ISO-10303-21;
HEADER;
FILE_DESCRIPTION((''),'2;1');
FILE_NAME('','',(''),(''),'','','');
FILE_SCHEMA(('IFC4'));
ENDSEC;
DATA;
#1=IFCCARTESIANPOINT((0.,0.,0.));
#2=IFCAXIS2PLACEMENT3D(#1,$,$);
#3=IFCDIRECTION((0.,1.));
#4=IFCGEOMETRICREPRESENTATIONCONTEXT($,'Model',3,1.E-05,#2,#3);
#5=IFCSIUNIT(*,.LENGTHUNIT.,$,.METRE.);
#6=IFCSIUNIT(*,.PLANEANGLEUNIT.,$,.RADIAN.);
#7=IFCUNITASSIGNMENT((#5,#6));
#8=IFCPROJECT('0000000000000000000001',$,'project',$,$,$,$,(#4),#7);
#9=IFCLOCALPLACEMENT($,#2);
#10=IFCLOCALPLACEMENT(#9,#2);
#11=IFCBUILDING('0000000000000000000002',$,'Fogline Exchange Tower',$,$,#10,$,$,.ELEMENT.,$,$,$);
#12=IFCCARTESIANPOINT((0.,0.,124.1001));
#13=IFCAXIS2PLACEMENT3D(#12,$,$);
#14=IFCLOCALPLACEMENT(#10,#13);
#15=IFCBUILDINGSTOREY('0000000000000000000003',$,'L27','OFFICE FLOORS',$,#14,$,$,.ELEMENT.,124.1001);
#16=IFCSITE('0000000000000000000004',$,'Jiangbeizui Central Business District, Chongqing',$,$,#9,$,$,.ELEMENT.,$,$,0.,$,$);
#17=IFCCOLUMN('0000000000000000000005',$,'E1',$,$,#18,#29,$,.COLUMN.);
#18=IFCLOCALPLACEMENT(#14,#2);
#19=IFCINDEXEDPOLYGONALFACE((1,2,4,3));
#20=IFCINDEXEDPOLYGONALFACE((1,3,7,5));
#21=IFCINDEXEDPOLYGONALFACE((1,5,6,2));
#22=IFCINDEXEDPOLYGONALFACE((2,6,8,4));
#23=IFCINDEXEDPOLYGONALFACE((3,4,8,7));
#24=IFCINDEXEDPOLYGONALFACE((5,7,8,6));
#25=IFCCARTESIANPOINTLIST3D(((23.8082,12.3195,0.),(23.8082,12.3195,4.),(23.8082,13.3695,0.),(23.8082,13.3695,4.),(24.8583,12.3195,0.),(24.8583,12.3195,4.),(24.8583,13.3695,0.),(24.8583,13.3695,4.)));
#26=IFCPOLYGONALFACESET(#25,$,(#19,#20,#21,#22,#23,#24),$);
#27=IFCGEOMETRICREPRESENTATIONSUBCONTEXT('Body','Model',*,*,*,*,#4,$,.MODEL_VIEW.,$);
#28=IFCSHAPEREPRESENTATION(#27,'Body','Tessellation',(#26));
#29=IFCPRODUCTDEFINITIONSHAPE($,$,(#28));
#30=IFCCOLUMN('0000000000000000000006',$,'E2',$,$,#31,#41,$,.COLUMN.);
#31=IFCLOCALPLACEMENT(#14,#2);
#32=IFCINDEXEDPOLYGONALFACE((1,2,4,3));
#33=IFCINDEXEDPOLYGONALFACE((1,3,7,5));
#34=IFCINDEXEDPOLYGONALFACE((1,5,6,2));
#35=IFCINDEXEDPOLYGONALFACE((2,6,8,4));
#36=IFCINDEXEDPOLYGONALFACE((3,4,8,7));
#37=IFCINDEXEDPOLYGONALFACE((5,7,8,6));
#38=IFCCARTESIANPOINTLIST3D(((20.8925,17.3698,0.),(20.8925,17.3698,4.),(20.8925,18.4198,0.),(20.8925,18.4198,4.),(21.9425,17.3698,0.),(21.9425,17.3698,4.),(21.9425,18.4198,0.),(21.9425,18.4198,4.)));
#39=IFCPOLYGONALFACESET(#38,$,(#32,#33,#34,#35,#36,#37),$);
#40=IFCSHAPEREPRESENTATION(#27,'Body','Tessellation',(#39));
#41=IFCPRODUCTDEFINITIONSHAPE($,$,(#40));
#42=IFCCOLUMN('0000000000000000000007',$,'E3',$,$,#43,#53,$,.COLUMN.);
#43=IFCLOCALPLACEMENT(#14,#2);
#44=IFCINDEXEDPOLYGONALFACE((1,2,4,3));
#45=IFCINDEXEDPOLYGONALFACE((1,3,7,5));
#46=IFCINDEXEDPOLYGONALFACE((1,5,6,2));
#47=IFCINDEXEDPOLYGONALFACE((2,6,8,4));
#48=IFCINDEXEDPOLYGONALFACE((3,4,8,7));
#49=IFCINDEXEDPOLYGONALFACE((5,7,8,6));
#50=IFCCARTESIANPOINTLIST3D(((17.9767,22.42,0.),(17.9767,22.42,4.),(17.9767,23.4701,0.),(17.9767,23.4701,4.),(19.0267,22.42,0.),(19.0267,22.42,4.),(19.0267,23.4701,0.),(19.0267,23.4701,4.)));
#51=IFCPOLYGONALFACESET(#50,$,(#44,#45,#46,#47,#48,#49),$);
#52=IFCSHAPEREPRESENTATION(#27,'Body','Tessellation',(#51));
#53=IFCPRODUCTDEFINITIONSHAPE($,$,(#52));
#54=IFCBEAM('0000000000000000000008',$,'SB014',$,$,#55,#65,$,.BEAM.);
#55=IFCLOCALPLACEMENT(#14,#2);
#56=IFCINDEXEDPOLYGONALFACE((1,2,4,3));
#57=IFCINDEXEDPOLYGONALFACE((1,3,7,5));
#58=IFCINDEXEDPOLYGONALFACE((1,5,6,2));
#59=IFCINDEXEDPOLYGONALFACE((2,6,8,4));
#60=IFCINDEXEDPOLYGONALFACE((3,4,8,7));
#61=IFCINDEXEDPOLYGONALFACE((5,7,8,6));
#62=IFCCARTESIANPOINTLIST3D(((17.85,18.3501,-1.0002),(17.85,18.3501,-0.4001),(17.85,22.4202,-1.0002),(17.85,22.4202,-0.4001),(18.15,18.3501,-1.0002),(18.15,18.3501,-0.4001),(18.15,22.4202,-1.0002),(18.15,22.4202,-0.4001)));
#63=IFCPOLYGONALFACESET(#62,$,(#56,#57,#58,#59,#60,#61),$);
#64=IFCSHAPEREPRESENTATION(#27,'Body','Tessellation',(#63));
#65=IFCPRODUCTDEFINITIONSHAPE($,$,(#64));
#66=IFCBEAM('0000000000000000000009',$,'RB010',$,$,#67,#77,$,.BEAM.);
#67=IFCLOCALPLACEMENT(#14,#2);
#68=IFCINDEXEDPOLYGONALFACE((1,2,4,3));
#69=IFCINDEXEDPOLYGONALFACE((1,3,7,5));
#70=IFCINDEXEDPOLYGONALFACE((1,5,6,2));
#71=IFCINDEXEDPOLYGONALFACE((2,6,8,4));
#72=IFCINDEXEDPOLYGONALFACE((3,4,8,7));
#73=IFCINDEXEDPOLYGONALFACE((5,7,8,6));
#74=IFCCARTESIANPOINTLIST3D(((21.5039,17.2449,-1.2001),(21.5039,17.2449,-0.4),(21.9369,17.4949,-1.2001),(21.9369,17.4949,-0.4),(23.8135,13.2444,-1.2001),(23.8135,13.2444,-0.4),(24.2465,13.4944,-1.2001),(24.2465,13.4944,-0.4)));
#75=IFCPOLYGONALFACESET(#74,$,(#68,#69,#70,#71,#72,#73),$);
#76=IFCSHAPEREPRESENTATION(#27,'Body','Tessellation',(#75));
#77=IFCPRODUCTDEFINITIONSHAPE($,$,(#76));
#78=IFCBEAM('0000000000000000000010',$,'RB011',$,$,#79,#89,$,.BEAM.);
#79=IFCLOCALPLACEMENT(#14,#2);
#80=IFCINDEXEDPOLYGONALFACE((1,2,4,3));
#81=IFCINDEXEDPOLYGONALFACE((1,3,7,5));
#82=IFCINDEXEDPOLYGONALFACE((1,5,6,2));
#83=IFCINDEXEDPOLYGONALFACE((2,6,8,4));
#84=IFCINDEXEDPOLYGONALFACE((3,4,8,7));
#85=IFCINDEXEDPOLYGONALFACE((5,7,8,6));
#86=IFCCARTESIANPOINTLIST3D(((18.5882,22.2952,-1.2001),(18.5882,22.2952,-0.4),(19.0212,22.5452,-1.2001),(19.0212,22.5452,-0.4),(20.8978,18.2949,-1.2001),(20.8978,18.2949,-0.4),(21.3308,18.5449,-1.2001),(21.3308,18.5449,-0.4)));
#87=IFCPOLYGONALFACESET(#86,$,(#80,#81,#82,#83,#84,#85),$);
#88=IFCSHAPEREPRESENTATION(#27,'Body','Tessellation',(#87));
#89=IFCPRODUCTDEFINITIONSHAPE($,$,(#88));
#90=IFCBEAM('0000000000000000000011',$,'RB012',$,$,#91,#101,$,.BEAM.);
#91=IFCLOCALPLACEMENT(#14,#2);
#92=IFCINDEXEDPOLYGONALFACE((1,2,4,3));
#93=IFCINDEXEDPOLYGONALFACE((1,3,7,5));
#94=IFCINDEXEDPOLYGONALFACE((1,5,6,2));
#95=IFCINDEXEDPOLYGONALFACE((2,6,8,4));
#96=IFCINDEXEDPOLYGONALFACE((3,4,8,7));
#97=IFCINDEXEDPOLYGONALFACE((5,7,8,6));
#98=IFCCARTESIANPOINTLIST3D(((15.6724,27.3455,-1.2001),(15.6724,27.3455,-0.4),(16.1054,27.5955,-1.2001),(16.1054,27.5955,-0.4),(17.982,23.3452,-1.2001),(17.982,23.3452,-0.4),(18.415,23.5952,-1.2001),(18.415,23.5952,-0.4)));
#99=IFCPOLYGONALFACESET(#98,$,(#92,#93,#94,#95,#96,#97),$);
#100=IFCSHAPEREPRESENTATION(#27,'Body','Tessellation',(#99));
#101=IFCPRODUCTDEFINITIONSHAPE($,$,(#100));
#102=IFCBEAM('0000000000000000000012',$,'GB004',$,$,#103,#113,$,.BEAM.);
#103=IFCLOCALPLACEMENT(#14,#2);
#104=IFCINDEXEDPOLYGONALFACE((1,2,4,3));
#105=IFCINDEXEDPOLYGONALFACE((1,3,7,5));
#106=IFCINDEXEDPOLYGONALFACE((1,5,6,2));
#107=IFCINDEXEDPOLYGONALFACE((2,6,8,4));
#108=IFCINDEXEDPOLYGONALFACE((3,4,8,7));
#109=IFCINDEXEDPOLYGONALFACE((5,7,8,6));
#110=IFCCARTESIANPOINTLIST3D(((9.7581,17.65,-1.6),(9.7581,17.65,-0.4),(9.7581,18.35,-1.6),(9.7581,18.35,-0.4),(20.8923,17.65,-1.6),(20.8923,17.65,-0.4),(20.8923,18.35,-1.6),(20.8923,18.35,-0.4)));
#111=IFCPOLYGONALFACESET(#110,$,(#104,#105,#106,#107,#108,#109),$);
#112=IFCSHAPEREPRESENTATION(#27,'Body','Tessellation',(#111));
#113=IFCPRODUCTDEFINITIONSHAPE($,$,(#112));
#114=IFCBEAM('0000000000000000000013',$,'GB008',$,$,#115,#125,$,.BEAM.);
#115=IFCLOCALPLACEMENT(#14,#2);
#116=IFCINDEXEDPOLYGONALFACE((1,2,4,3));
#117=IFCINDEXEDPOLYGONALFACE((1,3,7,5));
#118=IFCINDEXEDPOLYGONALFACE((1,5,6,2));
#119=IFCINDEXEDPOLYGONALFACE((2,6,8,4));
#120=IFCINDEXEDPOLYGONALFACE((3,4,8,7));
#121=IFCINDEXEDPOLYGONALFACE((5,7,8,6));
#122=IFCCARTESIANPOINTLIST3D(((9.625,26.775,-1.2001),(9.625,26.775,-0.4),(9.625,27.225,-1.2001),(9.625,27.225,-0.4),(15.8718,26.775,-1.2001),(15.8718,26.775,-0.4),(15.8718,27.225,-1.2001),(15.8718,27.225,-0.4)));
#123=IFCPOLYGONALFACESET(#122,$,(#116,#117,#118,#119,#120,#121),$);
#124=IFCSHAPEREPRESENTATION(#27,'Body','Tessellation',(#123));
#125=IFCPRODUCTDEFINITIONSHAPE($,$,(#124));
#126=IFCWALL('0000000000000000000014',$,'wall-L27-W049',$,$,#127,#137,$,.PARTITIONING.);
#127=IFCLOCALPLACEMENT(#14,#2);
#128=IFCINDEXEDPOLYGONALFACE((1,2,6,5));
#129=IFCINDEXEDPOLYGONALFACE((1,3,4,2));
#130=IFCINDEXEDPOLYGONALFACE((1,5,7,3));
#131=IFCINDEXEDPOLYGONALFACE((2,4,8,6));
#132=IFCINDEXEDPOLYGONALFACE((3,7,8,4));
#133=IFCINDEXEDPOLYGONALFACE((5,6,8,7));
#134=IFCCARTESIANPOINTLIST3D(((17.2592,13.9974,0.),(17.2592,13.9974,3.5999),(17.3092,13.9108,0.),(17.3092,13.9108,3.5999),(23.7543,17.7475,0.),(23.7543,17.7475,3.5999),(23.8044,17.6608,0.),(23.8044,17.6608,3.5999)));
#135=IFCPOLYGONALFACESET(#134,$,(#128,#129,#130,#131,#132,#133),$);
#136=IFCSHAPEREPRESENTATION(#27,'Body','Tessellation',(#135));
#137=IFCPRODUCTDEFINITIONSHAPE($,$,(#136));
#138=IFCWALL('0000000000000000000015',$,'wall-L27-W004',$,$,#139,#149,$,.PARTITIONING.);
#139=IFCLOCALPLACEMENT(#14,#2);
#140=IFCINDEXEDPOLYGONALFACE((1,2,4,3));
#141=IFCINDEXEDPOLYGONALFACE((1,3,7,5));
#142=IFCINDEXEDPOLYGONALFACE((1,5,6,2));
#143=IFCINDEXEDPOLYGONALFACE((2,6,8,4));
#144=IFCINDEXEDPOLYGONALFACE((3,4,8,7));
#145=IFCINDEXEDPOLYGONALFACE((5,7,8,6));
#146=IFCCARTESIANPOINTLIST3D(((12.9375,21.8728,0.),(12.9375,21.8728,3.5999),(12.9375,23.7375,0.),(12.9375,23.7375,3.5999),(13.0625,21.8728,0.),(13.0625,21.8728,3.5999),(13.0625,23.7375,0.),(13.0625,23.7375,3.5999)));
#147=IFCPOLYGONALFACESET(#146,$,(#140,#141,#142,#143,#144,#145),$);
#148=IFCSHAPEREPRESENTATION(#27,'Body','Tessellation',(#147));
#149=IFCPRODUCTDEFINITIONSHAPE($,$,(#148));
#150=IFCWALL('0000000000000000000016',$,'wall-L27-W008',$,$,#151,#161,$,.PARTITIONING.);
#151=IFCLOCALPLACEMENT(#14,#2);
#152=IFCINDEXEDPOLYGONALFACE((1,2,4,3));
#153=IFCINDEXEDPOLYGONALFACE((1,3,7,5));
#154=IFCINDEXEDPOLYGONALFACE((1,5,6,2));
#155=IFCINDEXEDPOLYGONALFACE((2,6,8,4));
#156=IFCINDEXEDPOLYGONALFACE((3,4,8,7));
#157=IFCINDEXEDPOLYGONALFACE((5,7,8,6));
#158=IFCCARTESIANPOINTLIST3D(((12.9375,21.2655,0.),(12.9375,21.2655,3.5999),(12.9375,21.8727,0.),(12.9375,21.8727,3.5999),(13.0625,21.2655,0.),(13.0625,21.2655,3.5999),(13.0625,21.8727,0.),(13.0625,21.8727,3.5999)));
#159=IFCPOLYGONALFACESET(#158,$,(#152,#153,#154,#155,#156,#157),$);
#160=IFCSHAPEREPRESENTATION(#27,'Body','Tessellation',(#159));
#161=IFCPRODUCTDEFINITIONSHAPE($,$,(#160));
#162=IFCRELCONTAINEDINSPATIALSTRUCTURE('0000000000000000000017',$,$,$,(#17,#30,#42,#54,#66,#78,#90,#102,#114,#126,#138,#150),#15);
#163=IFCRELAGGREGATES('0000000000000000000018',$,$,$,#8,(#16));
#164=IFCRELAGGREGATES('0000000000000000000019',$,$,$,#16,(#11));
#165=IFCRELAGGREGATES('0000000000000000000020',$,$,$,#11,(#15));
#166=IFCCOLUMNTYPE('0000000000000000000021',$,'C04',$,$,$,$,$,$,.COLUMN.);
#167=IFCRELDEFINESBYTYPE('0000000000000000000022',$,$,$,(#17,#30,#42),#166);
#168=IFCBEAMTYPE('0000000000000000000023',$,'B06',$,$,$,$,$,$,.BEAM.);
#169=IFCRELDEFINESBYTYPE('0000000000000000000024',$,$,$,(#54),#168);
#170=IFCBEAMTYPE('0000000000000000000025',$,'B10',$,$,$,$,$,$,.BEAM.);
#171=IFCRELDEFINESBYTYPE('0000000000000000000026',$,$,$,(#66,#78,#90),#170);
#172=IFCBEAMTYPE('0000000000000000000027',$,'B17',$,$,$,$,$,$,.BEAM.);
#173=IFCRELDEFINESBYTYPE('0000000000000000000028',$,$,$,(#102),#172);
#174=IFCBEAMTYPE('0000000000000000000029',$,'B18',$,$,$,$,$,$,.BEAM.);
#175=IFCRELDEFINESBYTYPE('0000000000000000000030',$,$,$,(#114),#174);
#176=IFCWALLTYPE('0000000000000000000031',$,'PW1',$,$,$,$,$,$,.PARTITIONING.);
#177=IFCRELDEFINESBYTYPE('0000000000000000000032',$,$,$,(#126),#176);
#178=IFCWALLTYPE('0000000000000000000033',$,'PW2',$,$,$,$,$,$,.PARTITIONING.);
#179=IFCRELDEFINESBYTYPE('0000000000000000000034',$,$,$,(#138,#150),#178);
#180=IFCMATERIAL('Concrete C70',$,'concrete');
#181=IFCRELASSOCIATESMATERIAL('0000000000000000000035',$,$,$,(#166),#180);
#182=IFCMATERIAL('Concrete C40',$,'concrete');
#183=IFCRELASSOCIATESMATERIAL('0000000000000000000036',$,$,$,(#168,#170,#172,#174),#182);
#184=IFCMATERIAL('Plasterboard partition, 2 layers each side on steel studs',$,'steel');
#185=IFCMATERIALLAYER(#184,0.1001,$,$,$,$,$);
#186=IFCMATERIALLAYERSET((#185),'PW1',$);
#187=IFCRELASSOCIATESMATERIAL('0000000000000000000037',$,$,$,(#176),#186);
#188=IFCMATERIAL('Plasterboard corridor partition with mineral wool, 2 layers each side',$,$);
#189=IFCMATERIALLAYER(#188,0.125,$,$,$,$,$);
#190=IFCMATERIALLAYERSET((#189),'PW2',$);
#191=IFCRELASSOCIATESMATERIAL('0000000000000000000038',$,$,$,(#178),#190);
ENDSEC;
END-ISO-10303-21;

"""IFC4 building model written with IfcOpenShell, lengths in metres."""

from ifc_helpers import new_model, si_unit, direction, frame, frame_2d, origin, origin_2d, place, context, subcontext, project, spatial, rectangle, extrude, material, layer, layer_set, material_profile, profile_set, type_object, element, save


model = new_model("IFC4")

# Units and contexts
model_context = context("Model", 3, precision=1e-05, world=origin(), true_north=direction((0.0, 1.0)))
body_context = subcontext(model_context, "Body", "Model", "MODEL_VIEW")
ifc_project = project(units=[si_unit("LENGTHUNIT", "METRE"), si_unit("PLANEANGLEUNIT", "RADIAN")], contexts=[model_context])

# Site, building, storey
site_placement = place(None, origin())
site = spatial("IfcSite", under=ifc_project, at=site_placement, Name="Jiangbeizui Central Business District, Chongqing", CompositionType="ELEMENT", RefElevation=0.0)
building_placement = place(site_placement, origin())
building = spatial("IfcBuilding", under=site, at=building_placement, Name="Fogline Exchange Tower", CompositionType="ELEMENT")
storey_placement = place(building_placement, frame((0.0, 0.0, 124.1001)))
storey = spatial("IfcBuildingStorey", under=building, at=storey_placement, Name="L27", Description="OFFICE FLOORS", CompositionType="ELEMENT", Elevation=124.1001)

# Columns
ifc_material_1 = material(Name="Concrete C70", Category="concrete")
ifc_material_profile_1 = material_profile(ifc_material_1, rectangle(XDim=1.05, YDim=1.05, at=origin_2d()), Name="RC 1050x1050")
ifc_profile_set_1 = profile_set([ifc_material_profile_1], Name="Concrete C70")
column_type = type_object("IfcColumnType", Name="C04", PredefinedType="COLUMN", material=ifc_profile_set_1)
for number, where, z_axis, x_axis, name in (
    (1, (24.3333, 12.8445, 0.0), (0.0, 0.0, 1.0), (1.0, 0.0, 0.0), "E1"),
    (2, (21.4175, 17.8948, 0.0), (0.0, 0.0, 1.0), (1.0, 0.0, 0.0), "E2"),
    (3, (18.5017, 22.9451, 0.0), (0.0, 0.0, 1.0), (1.0, 0.0, 0.0), "E3"),
):
    element("IfcColumn", number, at=place(storey_placement, frame(where, z_axis=z_axis, x_axis=x_axis)), inside=storey, type_object=column_type, Name=name, PredefinedType="COLUMN", context=body_context, shape_type="SweptSolid", body=[
        extrude(rectangle(XDim=1.05, YDim=1.05, at=origin_2d()), origin(), (0.0, 0.0, 1.0), 4.0),
    ])

# Beams
ifc_material_2 = material(Name="Concrete C40", Category="concrete")
ifc_material_profile_2 = material_profile(ifc_material_2, rectangle(XDim=0.3, YDim=0.6001, at=origin_2d()), Name="RC 300x600")
ifc_profile_set_2 = profile_set([ifc_material_profile_2], Name="Concrete C40")
beam_type_1 = type_object("IfcBeamType", Name="B06", PredefinedType="BEAM", material=ifc_profile_set_2)
beam_1_placement = place(storey_placement, frame((18.0, 18.3501, -0.7002), z_axis=(0.0, 1.0, 0.0), x_axis=(-1.0, 0.0, 0.0)))
element("IfcBeam", 4, at=beam_1_placement, inside=storey, type_object=beam_type_1, Name="SB014", PredefinedType="BEAM", context=body_context, shape_type="SweptSolid", body=[
    extrude(rectangle(XDim=0.3, YDim=0.6001, at=origin_2d()), origin(), (0.0, 0.0, 1.0), 4.0701),
])
ifc_material_profile_3 = material_profile(ifc_material_2, rectangle(XDim=0.5, YDim=0.8, at=origin_2d()), Name="RC 500x800")
ifc_profile_set_3 = profile_set([ifc_material_profile_3], Name="Concrete C40")
beam_type_2 = type_object("IfcBeamType", Name="B10", PredefinedType="BEAM", material=ifc_profile_set_3)
beam_2_placement = place(storey_placement, frame((24.03, 13.3694, -0.8), z_axis=(-0.499982, 0.866036, 0.0), x_axis=(-0.866036, -0.499982, 0.0)))
element("IfcBeam", 5, at=beam_2_placement, inside=storey, type_object=beam_type_2, Name="RB010", PredefinedType="BEAM", context=body_context, shape_type="SweptSolid", body=[
    extrude(rectangle(XDim=0.5, YDim=0.8, at=origin_2d()), origin(), (0.0, 0.0, 1.0), 4.6194),
])
for number, where, z_axis, x_axis, name in (
    (6, (21.1143, 18.4199, -0.8), (-0.500005, 0.866023, 0.0), (-0.866023, -0.500005, 0.0), "RB011"),
    (7, (18.1985, 23.4702, -0.8), (-0.500005, 0.866023, 0.0), (-0.866023, -0.500005, 0.0), "RB012"),
):
    element("IfcBeam", number, at=place(storey_placement, frame(where, z_axis=z_axis, x_axis=x_axis)), inside=storey, type_object=beam_type_2, Name=name, PredefinedType="BEAM", context=body_context, shape_type="SweptSolid", body=[
        extrude(rectangle(XDim=0.5, YDim=0.8, at=origin_2d()), origin(), (0.0, 0.0, 1.0), 4.6191),
    ])
ifc_material_profile_4 = material_profile(ifc_material_2, rectangle(XDim=0.7, YDim=1.2, at=origin_2d()), Name="RC 700x1200")
ifc_profile_set_4 = profile_set([ifc_material_profile_4], Name="Concrete C40")
beam_type_3 = type_object("IfcBeamType", Name="B17", PredefinedType="BEAM", material=ifc_profile_set_4)
beam_3_placement = place(storey_placement, frame((9.7581, 18.0, -1.0), z_axis=(1.0, 0.0, 0.0), x_axis=(0.0, 1.0, 0.0)))
element("IfcBeam", 8, at=beam_3_placement, inside=storey, type_object=beam_type_3, Name="GB004", PredefinedType="BEAM", context=body_context, shape_type="SweptSolid", body=[
    extrude(rectangle(XDim=0.7, YDim=1.2, at=origin_2d()), origin(), (0.0, 0.0, 1.0), 11.1343),
])
ifc_material_profile_5 = material_profile(ifc_material_2, rectangle(XDim=0.45, YDim=0.8, at=origin_2d()), Name="RC 450x800")
ifc_profile_set_5 = profile_set([ifc_material_profile_5], Name="Concrete C40")
beam_type_4 = type_object("IfcBeamType", Name="B18", PredefinedType="BEAM", material=ifc_profile_set_5)
beam_4_placement = place(storey_placement, frame((9.625, 27.0, -0.8), z_axis=(1.0, 0.0, 0.0), x_axis=(0.0, 1.0, 0.0)))
element("IfcBeam", 9, at=beam_4_placement, inside=storey, type_object=beam_type_4, Name="GB008", PredefinedType="BEAM", context=body_context, shape_type="SweptSolid", body=[
    extrude(rectangle(XDim=0.45, YDim=0.8, at=origin_2d()), origin(), (0.0, 0.0, 1.0), 6.2468),
])

# Walls
ifc_material_3 = material(Name="Plasterboard partition, 2 layers each side on steel studs", Category="steel")
ifc_layer_1 = layer(ifc_material_3, 0.1001)
ifc_layer_set_1 = layer_set([ifc_layer_1], Name="PW1")
wall_type_1 = type_object("IfcWallType", Name="PW1", PredefinedType="PARTITIONING", material=ifc_layer_set_1)
wall_1_placement = place(storey_placement, frame((17.2842, 13.9541, 0.0), z_axis=(0.0, 0.0, 1.0), x_axis=(0.866023, 0.500004, 0.0)))
element("IfcWall", 10, at=wall_1_placement, inside=storey, type_object=wall_type_1, Name="wall-L27-W049", PredefinedType="PARTITIONING", context=body_context, shape_type="SweptSolid", body=[
    extrude(rectangle(XDim=7.5, YDim=0.1001, at=frame_2d((3.75, 0.0))), origin(), (0.0, 0.0, 1.0), 3.5999),
])
ifc_material_4 = material(Name="Plasterboard corridor partition with mineral wool, 2 layers each side")
ifc_layer_2 = layer(ifc_material_4, 0.125)
ifc_layer_set_2 = layer_set([ifc_layer_2], Name="PW2")
wall_type_2 = type_object("IfcWallType", Name="PW2", PredefinedType="PARTITIONING", material=ifc_layer_set_2)
wall_2_placement = place(storey_placement, frame((13.0, 23.7375, 0.0), z_axis=(0.0, 0.0, 1.0), x_axis=(0.0, -1.0, 0.0)))
element("IfcWall", 11, at=wall_2_placement, inside=storey, type_object=wall_type_2, Name="wall-L27-W004", PredefinedType="PARTITIONING", context=body_context, shape_type="SweptSolid", body=[
    extrude(rectangle(XDim=1.8647, YDim=0.125, at=frame_2d((0.9324, 0.0))), origin(), (0.0, 0.0, 1.0), 3.5999),
])
wall_3_placement = place(storey_placement, frame((13.0, 21.8728, 0.0), z_axis=(0.0, 0.0, 1.0), x_axis=(0.0, -1.0, 0.0)))
element("IfcWall", 12, at=wall_3_placement, inside=storey, type_object=wall_type_2, Name="wall-L27-W008", PredefinedType="PARTITIONING", context=body_context, shape_type="SweptSolid", body=[
    extrude(rectangle(XDim=0.6072, YDim=0.125, at=frame_2d((0.3037, 0.0))), origin(), (0.0, 0.0, 1.0), 3.5999),
])

save(model, "model.ifc")
